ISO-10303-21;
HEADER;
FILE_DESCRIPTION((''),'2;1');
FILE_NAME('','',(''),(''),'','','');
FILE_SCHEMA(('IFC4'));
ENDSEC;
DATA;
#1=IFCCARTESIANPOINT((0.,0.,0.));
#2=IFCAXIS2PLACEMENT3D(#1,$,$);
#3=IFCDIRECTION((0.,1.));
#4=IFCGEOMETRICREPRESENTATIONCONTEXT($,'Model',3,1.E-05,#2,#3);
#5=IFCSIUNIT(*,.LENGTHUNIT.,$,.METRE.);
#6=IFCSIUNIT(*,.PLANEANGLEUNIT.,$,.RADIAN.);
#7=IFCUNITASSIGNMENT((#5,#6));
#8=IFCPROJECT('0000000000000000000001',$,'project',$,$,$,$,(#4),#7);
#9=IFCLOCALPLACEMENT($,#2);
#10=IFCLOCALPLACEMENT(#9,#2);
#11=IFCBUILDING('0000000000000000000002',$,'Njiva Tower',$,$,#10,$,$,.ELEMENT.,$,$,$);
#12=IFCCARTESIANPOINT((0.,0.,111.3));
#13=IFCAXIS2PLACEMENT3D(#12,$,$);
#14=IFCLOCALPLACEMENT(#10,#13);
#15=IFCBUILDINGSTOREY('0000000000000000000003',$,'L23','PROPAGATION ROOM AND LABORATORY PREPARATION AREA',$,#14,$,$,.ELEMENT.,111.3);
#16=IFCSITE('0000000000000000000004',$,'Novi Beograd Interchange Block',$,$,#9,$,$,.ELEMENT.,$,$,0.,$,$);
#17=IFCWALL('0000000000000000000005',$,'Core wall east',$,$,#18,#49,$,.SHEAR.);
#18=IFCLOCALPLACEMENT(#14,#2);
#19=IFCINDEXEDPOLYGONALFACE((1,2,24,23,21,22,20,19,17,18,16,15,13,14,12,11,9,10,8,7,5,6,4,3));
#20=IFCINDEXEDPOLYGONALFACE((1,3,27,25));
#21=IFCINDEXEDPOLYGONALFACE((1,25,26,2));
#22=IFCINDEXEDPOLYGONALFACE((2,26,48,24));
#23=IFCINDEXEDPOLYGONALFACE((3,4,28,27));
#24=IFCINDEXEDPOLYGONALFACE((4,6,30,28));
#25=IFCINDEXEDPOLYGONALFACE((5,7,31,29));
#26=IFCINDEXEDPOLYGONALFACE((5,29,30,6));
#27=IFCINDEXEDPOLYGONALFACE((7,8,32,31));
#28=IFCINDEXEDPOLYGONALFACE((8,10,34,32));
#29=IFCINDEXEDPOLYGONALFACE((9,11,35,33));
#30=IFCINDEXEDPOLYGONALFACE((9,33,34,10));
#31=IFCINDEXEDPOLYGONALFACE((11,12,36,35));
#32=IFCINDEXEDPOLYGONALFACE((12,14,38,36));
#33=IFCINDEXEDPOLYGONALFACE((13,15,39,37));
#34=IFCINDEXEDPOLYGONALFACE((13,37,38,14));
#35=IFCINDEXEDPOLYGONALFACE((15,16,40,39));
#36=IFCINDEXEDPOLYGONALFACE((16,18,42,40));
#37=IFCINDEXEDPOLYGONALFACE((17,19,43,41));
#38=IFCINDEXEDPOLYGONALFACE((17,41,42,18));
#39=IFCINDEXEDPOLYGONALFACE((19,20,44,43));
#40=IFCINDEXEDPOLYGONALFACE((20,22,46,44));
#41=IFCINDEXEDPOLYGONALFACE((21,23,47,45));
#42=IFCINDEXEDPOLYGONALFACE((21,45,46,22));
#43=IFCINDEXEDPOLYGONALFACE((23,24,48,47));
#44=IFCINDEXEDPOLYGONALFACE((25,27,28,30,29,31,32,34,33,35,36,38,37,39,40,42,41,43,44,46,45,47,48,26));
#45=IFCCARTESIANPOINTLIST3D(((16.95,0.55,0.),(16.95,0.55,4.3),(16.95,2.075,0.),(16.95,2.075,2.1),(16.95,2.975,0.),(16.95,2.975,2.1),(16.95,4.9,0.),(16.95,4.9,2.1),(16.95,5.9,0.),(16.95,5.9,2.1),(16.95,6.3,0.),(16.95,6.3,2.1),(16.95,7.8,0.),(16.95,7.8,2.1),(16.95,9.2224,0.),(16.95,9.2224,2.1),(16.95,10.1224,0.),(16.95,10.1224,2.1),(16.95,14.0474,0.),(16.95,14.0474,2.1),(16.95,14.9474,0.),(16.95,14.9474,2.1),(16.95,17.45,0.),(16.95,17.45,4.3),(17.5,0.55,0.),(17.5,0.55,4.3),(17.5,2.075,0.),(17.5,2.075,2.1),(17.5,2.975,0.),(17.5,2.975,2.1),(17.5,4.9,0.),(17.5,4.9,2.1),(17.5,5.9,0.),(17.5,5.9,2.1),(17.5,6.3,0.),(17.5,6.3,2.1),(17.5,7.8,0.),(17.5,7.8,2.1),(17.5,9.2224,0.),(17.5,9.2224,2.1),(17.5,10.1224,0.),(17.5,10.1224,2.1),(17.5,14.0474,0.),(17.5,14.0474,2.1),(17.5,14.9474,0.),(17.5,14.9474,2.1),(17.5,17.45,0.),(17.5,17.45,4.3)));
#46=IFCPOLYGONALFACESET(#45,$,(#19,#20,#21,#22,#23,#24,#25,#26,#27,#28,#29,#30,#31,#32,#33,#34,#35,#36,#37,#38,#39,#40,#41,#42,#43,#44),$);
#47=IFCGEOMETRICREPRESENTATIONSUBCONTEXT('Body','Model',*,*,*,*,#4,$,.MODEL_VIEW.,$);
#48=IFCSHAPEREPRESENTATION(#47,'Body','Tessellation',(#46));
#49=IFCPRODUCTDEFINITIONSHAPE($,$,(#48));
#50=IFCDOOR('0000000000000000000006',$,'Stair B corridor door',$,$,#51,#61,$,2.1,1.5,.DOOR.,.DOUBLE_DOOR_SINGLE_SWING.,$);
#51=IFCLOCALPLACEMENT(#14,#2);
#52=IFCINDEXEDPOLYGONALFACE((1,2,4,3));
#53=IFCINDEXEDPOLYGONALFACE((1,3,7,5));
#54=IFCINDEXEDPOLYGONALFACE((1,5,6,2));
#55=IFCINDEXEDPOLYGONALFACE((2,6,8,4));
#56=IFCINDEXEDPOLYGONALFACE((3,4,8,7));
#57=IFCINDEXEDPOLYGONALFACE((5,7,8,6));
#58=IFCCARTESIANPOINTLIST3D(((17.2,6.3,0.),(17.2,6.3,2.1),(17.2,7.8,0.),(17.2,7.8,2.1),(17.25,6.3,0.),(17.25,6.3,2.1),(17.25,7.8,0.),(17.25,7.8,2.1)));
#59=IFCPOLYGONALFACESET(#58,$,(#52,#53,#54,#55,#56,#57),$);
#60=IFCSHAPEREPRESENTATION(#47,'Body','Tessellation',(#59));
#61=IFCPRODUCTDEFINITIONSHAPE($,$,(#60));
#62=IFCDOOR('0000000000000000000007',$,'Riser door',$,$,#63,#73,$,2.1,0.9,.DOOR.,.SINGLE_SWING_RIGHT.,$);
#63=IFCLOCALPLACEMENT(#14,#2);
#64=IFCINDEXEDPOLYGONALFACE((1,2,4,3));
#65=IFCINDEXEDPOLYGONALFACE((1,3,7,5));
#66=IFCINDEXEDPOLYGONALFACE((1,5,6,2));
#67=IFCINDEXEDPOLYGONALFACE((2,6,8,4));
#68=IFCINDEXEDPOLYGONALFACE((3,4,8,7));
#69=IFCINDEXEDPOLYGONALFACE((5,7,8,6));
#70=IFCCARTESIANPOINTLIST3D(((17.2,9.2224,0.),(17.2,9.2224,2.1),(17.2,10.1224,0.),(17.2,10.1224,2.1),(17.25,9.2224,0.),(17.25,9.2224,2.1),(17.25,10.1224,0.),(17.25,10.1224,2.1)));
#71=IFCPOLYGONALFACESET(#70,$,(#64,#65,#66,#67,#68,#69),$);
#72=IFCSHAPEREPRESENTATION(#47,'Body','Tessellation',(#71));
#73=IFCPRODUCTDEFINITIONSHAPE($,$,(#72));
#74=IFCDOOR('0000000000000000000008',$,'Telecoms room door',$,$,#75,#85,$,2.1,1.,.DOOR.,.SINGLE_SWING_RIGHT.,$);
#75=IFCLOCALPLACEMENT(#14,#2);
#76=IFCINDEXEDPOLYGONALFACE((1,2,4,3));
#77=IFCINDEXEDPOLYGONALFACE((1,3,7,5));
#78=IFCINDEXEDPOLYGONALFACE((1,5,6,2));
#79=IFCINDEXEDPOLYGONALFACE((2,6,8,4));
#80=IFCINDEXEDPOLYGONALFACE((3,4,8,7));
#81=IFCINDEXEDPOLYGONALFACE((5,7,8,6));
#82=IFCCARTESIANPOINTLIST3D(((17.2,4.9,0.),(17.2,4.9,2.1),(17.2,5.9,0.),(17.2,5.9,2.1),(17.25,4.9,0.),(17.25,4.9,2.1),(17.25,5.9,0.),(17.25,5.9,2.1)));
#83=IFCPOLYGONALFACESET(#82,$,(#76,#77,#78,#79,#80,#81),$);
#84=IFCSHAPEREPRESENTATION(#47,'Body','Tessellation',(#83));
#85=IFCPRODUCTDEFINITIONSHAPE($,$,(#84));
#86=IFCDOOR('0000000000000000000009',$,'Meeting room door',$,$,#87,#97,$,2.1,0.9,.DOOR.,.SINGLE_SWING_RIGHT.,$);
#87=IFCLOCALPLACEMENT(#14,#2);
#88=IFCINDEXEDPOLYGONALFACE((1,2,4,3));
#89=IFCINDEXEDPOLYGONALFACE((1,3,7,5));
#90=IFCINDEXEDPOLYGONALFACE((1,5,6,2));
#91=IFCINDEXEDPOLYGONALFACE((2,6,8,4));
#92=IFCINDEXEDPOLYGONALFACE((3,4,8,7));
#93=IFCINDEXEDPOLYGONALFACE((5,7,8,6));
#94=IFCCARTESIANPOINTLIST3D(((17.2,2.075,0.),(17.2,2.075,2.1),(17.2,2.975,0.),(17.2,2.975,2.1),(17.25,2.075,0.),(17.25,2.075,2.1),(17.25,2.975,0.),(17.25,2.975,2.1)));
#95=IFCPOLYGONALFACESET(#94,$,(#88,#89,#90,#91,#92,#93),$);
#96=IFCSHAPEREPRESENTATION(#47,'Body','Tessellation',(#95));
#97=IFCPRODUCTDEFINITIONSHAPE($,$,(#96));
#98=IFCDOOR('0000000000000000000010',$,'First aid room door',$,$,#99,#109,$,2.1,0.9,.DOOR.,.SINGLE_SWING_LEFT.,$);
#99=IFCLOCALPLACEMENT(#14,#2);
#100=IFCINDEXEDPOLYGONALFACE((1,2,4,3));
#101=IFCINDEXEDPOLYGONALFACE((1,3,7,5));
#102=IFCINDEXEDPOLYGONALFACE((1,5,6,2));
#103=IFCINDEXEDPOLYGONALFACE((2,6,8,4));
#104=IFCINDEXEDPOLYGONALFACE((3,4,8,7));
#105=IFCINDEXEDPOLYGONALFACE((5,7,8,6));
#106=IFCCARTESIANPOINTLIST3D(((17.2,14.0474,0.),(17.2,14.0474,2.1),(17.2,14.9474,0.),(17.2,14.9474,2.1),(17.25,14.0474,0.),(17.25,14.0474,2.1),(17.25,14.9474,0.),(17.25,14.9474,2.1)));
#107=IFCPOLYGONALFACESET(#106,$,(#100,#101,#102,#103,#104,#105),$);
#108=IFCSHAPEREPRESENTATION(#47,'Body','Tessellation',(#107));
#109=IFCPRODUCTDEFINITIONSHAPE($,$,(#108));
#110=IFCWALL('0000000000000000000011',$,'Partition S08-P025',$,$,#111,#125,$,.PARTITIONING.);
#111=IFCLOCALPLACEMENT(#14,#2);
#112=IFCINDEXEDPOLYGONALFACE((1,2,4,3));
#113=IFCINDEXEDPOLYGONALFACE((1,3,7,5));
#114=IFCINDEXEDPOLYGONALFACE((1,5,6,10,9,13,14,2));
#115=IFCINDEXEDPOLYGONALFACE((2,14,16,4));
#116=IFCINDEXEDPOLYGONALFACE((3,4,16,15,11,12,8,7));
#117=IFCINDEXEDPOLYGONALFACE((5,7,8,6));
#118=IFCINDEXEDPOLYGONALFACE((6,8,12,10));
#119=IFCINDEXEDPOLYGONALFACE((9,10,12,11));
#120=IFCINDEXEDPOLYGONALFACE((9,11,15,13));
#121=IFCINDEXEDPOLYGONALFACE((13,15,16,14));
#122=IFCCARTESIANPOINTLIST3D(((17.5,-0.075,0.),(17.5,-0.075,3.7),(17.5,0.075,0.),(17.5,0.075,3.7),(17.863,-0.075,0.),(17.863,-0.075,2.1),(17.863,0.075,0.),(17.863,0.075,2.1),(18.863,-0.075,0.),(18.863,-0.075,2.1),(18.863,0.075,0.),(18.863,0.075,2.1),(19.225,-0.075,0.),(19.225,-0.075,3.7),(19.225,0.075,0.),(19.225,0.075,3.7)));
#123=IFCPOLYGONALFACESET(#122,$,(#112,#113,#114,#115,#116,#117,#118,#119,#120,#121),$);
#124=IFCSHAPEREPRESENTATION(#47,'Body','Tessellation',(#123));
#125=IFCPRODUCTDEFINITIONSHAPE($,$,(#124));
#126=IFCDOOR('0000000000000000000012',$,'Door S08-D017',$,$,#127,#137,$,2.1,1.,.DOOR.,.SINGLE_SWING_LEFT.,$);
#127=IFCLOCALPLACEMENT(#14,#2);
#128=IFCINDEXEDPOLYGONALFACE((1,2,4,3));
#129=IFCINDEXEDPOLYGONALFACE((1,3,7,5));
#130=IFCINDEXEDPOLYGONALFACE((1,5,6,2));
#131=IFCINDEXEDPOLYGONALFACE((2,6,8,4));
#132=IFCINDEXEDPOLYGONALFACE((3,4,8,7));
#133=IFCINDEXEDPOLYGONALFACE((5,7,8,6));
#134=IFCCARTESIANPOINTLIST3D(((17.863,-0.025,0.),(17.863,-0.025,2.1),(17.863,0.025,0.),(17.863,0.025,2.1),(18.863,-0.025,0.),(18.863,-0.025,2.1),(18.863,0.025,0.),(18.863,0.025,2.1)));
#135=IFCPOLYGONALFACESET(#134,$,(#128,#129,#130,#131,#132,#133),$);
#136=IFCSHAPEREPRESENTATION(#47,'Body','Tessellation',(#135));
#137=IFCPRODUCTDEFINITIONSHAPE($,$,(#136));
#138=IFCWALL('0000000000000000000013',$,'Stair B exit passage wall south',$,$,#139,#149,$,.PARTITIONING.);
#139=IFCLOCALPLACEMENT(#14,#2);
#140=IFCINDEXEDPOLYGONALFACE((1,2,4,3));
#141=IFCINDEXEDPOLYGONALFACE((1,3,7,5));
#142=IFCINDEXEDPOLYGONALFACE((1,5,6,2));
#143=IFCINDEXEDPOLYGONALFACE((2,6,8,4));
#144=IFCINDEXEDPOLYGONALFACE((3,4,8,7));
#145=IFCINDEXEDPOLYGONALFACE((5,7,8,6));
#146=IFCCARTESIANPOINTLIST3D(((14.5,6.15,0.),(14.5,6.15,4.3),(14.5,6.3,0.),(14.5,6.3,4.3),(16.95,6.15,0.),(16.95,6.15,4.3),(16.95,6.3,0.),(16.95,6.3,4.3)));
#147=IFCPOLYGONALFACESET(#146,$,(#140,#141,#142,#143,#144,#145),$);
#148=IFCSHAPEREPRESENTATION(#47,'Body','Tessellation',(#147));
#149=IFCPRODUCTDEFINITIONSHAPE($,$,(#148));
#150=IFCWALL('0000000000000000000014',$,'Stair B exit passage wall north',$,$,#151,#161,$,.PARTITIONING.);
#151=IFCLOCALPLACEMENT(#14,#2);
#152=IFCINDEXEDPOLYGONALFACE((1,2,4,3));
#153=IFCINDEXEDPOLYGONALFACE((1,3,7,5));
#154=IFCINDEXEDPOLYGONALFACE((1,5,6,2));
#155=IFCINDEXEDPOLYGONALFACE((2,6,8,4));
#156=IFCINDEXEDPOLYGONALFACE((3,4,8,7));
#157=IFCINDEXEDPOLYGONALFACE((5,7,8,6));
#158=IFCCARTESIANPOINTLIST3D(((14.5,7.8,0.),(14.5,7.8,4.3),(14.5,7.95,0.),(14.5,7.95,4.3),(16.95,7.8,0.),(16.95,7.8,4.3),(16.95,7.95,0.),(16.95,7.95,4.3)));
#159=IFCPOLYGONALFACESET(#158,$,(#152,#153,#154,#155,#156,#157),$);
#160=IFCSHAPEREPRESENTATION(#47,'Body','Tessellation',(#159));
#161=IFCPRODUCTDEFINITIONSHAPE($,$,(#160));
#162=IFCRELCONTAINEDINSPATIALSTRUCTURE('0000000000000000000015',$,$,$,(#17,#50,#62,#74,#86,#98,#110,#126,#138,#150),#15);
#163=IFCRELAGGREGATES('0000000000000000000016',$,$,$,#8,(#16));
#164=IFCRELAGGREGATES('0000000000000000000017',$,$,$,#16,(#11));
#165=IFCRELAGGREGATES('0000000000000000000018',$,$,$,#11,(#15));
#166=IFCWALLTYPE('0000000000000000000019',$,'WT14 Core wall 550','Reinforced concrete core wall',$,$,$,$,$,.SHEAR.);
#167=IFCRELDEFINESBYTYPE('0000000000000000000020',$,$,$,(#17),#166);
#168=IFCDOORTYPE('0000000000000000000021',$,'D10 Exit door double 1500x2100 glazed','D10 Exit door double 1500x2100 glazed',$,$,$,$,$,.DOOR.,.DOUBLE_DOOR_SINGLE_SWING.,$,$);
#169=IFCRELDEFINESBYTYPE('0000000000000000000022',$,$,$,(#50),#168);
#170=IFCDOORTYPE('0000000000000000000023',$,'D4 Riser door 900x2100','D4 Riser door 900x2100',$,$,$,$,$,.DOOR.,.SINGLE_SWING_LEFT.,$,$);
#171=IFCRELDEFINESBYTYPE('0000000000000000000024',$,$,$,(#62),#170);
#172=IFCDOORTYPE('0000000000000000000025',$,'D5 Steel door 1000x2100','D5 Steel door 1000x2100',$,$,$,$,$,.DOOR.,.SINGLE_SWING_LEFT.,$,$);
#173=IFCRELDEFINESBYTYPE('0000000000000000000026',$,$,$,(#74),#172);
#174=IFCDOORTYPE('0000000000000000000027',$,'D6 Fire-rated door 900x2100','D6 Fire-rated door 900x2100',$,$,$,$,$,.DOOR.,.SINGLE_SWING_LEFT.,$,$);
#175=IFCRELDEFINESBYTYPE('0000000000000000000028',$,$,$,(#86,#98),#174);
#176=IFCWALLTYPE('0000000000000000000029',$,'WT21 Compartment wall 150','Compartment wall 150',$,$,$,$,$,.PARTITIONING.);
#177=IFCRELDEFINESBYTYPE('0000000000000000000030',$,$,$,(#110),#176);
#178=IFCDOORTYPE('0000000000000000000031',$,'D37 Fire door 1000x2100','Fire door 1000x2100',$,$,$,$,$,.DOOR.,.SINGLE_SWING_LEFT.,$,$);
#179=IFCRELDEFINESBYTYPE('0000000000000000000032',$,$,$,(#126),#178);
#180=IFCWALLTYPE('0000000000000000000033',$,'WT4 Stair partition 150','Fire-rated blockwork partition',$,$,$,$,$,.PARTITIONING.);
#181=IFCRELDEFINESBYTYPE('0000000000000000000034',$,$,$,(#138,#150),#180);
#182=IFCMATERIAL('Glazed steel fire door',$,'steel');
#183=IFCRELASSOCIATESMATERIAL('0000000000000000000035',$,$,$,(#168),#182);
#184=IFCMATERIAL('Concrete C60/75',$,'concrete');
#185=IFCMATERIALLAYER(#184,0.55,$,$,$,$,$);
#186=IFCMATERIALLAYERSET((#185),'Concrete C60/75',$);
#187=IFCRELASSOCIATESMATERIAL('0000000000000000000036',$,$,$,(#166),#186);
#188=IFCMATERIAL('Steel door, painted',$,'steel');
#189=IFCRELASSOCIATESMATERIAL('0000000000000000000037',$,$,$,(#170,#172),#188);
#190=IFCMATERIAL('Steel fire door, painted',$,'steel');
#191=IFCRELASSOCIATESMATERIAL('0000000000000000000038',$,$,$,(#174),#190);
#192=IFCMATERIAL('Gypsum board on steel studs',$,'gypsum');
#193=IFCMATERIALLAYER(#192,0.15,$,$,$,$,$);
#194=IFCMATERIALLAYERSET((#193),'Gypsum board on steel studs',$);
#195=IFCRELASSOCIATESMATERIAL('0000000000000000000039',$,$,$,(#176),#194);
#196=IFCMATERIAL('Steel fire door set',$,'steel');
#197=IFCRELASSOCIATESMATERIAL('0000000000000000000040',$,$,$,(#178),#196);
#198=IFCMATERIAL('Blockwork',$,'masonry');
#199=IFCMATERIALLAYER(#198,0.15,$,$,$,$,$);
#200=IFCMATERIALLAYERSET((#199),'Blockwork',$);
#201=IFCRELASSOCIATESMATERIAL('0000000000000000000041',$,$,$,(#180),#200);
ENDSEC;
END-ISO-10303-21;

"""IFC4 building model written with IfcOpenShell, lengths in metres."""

from ifc_helpers import new_model, si_unit, direction, frame, frame_2d, origin, place, context, subcontext, project, spatial, rectangle, extrude, material, layer, layer_set, type_object, element, fill, save


model = new_model("IFC4")

# Units and contexts
model_context = context("Model", 3, precision=1e-05, world=origin(), true_north=direction((0.0, 1.0)))
body_context = subcontext(model_context, "Body", "Model", "MODEL_VIEW")
ifc_project = project(units=[si_unit("LENGTHUNIT", "METRE"), si_unit("PLANEANGLEUNIT", "RADIAN")], contexts=[model_context])

# Site, building, storey
site_placement = place(None, origin())
site = spatial("IfcSite", under=ifc_project, at=site_placement, Name="Novi Beograd Interchange Block", CompositionType="ELEMENT", RefElevation=0.0)
building_placement = place(site_placement, origin())
building = spatial("IfcBuilding", under=site, at=building_placement, Name="Njiva Tower", CompositionType="ELEMENT")
storey_placement = place(building_placement, frame((0.0, 0.0, 111.3)))
storey = spatial("IfcBuildingStorey", under=building, at=storey_placement, Name="L23", Description="PROPAGATION ROOM AND LABORATORY PREPARATION AREA", CompositionType="ELEMENT", Elevation=111.3)

# Shared definitions
ifc_material_1 = material(Name="Blockwork", Category="masonry")

# Shared definitions
ifc_material_2 = material(Name="Glazed steel fire door", Category="steel")
door_type_1 = type_object("IfcDoorType", Name="D10 Exit door double 1500x2100 glazed", Description="D10 Exit door double 1500x2100 glazed", OperationType="DOUBLE_DOOR_SINGLE_SWING", PredefinedType="DOOR", material=ifc_material_2)

# Wall, openings, doors
ifc_material_3 = material(Name="Concrete C60/75", Category="concrete")
ifc_layer_1 = layer(ifc_material_3, 0.55)
ifc_layer_set_1 = layer_set([ifc_layer_1], Name="Concrete C60/75")
wall_type_1 = type_object("IfcWallType", Name="WT14 Core wall 550", Description="Reinforced concrete core wall", PredefinedType="SHEAR", material=ifc_layer_set_1)
wall_1_placement = place(storey_placement, frame((17.225, 0.55, 0.0), z_axis=(0.0, 0.0, 1.0), x_axis=(0.0, 1.0, 0.0)))
wall_1 = element("IfcWall", 1, at=wall_1_placement, inside=storey, type_object=wall_type_1, Name="Core wall east", PredefinedType="SHEAR", context=body_context, shape_type="SweptSolid", body=[
    extrude(rectangle(XDim=16.9, YDim=0.55, at=frame_2d((8.45, 0.0))), origin(), (0.0, 0.0, 1.0), 4.3),
])
opening_1_placement = place(wall_1_placement, frame((5.75, 0.0, 0.0)))
opening_1 = element("IfcOpeningElement", 2, at=opening_1_placement, cuts=wall_1, PredefinedType="OPENING", context=body_context, shape_type="SweptSolid", body=[
    extrude(rectangle(XDim=1.5, YDim=2.1, at=frame_2d((0.75, 1.05))), frame((0.0, 0.285, 0.0), z_axis=(0.0, -1.0, 0.0), x_axis=(1.0, 0.0, 0.0)), (0.0, 0.0, 1.0), 0.57),
])
opening_2_placement = place(wall_1_placement, frame((1.525, 0.0, 0.0)))
opening_2 = element("IfcOpeningElement", 3, at=opening_2_placement, cuts=wall_1, PredefinedType="OPENING", context=body_context, shape_type="SweptSolid", body=[
    extrude(rectangle(XDim=0.9, YDim=2.1, at=frame_2d((0.45, 1.05))), frame((0.0, 0.285, 0.0), z_axis=(0.0, -1.0, 0.0), x_axis=(1.0, 0.0, 0.0)), (0.0, 0.0, 1.0), 0.57),
])
opening_3_placement = place(wall_1_placement, frame((4.35, 0.0, 0.0)))
opening_3 = element("IfcOpeningElement", 4, at=opening_3_placement, cuts=wall_1, PredefinedType="OPENING", context=body_context, shape_type="SweptSolid", body=[
    extrude(rectangle(XDim=1.0, YDim=2.1, at=frame_2d((0.5, 1.05))), frame((0.0, 0.285, 0.0), z_axis=(0.0, -1.0, 0.0), x_axis=(1.0, 0.0, 0.0)), (0.0, 0.0, 1.0), 0.57),
])
opening_4_placement = place(wall_1_placement, frame((8.6724, 0.0, 0.0)))
opening_4 = element("IfcOpeningElement", 5, at=opening_4_placement, cuts=wall_1, PredefinedType="OPENING", context=body_context, shape_type="SweptSolid", body=[
    extrude(rectangle(XDim=0.9, YDim=2.1, at=frame_2d((0.45, 1.05))), frame((0.0, 0.285, 0.0), z_axis=(0.0, -1.0, 0.0), x_axis=(1.0, 0.0, 0.0)), (0.0, 0.0, 1.0), 0.57),
])
opening_5_placement = place(wall_1_placement, frame((13.4974, 0.0, 0.0)))
opening_5 = element("IfcOpeningElement", 6, at=opening_5_placement, cuts=wall_1, PredefinedType="OPENING", context=body_context, shape_type="SweptSolid", body=[
    extrude(rectangle(XDim=0.9, YDim=2.1, at=frame_2d((0.45, 1.05))), frame((0.0, 0.285, 0.0), z_axis=(0.0, -1.0, 0.0), x_axis=(1.0, 0.0, 0.0)), (0.0, 0.0, 1.0), 0.57),
])
door_1_placement = place(opening_1_placement, origin())
door_1 = element("IfcDoor", 7, at=door_1_placement, inside=storey, type_object=door_type_1, Name="Stair B corridor door", OperationType="DOUBLE_DOOR_SINGLE_SWING", OverallHeight=2.1, OverallWidth=1.5, PredefinedType="DOOR", context=body_context, shape_type="SweptSolid", body=[
    extrude(rectangle(XDim=1.5, YDim=2.1, at=frame_2d((0.75, 1.05))), frame((0.0, 0.025, 0.0), z_axis=(0.0, -1.0, 0.0), x_axis=(1.0, 0.0, 0.0)), (0.0, 0.0, 1.0), 0.05),
])
fill(opening_1, door_1)
ifc_material_4 = material(Name="Steel door, painted", Category="steel")
door_type_2 = type_object("IfcDoorType", Name="D4 Riser door 900x2100", Description="D4 Riser door 900x2100", OperationType="SINGLE_SWING_LEFT", PredefinedType="DOOR", material=ifc_material_4)
door_2_placement = place(opening_4_placement, origin())
door_2 = element("IfcDoor", 8, at=door_2_placement, inside=storey, type_object=door_type_2, Name="Riser door", OperationType="SINGLE_SWING_RIGHT", OverallHeight=2.1, OverallWidth=0.9, PredefinedType="DOOR", context=body_context, shape_type="SweptSolid", body=[
    extrude(rectangle(XDim=0.9, YDim=2.1, at=frame_2d((0.45, 1.05))), frame((0.0, 0.025, 0.0), z_axis=(0.0, -1.0, 0.0), x_axis=(1.0, 0.0, 0.0)), (0.0, 0.0, 1.0), 0.05),
])
fill(opening_4, door_2)
door_type_3 = type_object("IfcDoorType", Name="D5 Steel door 1000x2100", Description="D5 Steel door 1000x2100", OperationType="SINGLE_SWING_LEFT", PredefinedType="DOOR", material=ifc_material_4)
door_3_placement = place(opening_3_placement, origin())
door_3 = element("IfcDoor", 9, at=door_3_placement, inside=storey, type_object=door_type_3, Name="Telecoms room door", OperationType="SINGLE_SWING_RIGHT", OverallHeight=2.1, OverallWidth=1.0, PredefinedType="DOOR", context=body_context, shape_type="SweptSolid", body=[
    extrude(rectangle(XDim=1.0, YDim=2.1, at=frame_2d((0.5, 1.05))), frame((0.0, 0.025, 0.0), z_axis=(0.0, -1.0, 0.0), x_axis=(1.0, 0.0, 0.0)), (0.0, 0.0, 1.0), 0.05),
])
fill(opening_3, door_3)
ifc_material_5 = material(Name="Steel fire door, painted", Category="steel")
door_type_4 = type_object("IfcDoorType", Name="D6 Fire-rated door 900x2100", Description="D6 Fire-rated door 900x2100", OperationType="SINGLE_SWING_LEFT", PredefinedType="DOOR", material=ifc_material_5)
door_4_placement = place(opening_2_placement, origin())
door_4 = element("IfcDoor", 10, at=door_4_placement, inside=storey, type_object=door_type_4, Name="Meeting room door", OperationType="SINGLE_SWING_RIGHT", OverallHeight=2.1, OverallWidth=0.9, PredefinedType="DOOR", context=body_context, shape_type="SweptSolid", body=[
    extrude(rectangle(XDim=0.9, YDim=2.1, at=frame_2d((0.45, 1.05))), frame((0.0, 0.025, 0.0), z_axis=(0.0, -1.0, 0.0), x_axis=(1.0, 0.0, 0.0)), (0.0, 0.0, 1.0), 0.05),
])
fill(opening_2, door_4)
door_5_placement = place(opening_5_placement, origin())
door_5 = element("IfcDoor", 11, at=door_5_placement, inside=storey, type_object=door_type_4, Name="First aid room door", OperationType="SINGLE_SWING_LEFT", OverallHeight=2.1, OverallWidth=0.9, PredefinedType="DOOR", context=body_context, shape_type="SweptSolid", body=[
    extrude(rectangle(XDim=0.9, YDim=2.1, at=frame_2d((0.45, 1.05))), frame((0.0, 0.025, 0.0), z_axis=(0.0, -1.0, 0.0), x_axis=(1.0, 0.0, 0.0)), (0.0, 0.0, 1.0), 0.05),
])
fill(opening_5, door_5)

# Wall, opening, door
ifc_material_6 = material(Name="Gypsum board on steel studs", Category="gypsum")
ifc_layer_2 = layer(ifc_material_6, 0.15)
ifc_layer_set_2 = layer_set([ifc_layer_2], Name="Gypsum board on steel studs")
wall_type_2 = type_object("IfcWallType", Name="WT21 Compartment wall 150", Description="Compartment wall 150", PredefinedType="PARTITIONING", material=ifc_layer_set_2)
wall_2_placement = place(storey_placement, frame((17.5, 0.0, 0.0), z_axis=(0.0, 0.0, 1.0), x_axis=(1.0, 0.0, 0.0)))
wall_2 = element("IfcWall", 12, at=wall_2_placement, inside=storey, type_object=wall_type_2, Name="Partition S08-P025", PredefinedType="PARTITIONING", context=body_context, shape_type="SweptSolid", body=[
    extrude(rectangle(XDim=1.725, YDim=0.15, at=frame_2d((0.8625, 0.0))), origin(), (0.0, 0.0, 1.0), 3.7),
])
opening_6_placement = place(wall_2_placement, frame((0.363, 0.0, 0.0)))
opening_6 = element("IfcOpeningElement", 13, at=opening_6_placement, cuts=wall_2, PredefinedType="OPENING", context=body_context, shape_type="SweptSolid", body=[
    extrude(rectangle(XDim=1.0, YDim=2.1, at=frame_2d((0.5, 1.05))), frame((0.0, 0.085, 0.0), z_axis=(0.0, -1.0, 0.0), x_axis=(1.0, 0.0, 0.0)), (0.0, 0.0, 1.0), 0.17),
])
ifc_material_7 = material(Name="Steel fire door set", Category="steel")
door_type_5 = type_object("IfcDoorType", Name="D37 Fire door 1000x2100", Description="Fire door 1000x2100", OperationType="SINGLE_SWING_LEFT", PredefinedType="DOOR", material=ifc_material_7)
door_6_placement = place(opening_6_placement, origin())
door_6 = element("IfcDoor", 14, at=door_6_placement, inside=storey, type_object=door_type_5, Name="Door S08-D017", OperationType="SINGLE_SWING_LEFT", OverallHeight=2.1, OverallWidth=1.0, PredefinedType="DOOR", context=body_context, shape_type="SweptSolid", body=[
    extrude(rectangle(XDim=1.0, YDim=2.1, at=frame_2d((0.5, 1.05))), frame((0.0, 0.025, 0.0), z_axis=(0.0, -1.0, 0.0), x_axis=(1.0, 0.0, 0.0)), (0.0, 0.0, 1.0), 0.05),
])
fill(opening_6, door_6)

# Walls
ifc_layer_3 = layer(ifc_material_1, 0.15)
ifc_layer_set_3 = layer_set([ifc_layer_3], Name="Blockwork")
wall_type_3 = type_object("IfcWallType", Name="WT4 Stair partition 150", Description="Fire-rated blockwork partition", PredefinedType="PARTITIONING", material=ifc_layer_set_3)
for number, where, z_axis, x_axis, name in (
    (15, (14.5, 6.225, 0.0), (0.0, 0.0, 1.0), (1.0, 0.0, 0.0), "Stair B exit passage wall south"),
    (16, (14.5, 7.875, 0.0), (0.0, 0.0, 1.0), (1.0, 0.0, 0.0), "Stair B exit passage wall north"),
):
    element("IfcWall", number, at=place(storey_placement, frame(where, z_axis=z_axis, x_axis=x_axis)), inside=storey, type_object=wall_type_3, Name=name, PredefinedType="PARTITIONING", context=body_context, shape_type="SweptSolid", body=[
        extrude(rectangle(XDim=2.45, YDim=0.15, at=frame_2d((1.225, 0.0))), origin(), (0.0, 0.0, 1.0), 4.3),
    ])

save(model, "model.ifc")
